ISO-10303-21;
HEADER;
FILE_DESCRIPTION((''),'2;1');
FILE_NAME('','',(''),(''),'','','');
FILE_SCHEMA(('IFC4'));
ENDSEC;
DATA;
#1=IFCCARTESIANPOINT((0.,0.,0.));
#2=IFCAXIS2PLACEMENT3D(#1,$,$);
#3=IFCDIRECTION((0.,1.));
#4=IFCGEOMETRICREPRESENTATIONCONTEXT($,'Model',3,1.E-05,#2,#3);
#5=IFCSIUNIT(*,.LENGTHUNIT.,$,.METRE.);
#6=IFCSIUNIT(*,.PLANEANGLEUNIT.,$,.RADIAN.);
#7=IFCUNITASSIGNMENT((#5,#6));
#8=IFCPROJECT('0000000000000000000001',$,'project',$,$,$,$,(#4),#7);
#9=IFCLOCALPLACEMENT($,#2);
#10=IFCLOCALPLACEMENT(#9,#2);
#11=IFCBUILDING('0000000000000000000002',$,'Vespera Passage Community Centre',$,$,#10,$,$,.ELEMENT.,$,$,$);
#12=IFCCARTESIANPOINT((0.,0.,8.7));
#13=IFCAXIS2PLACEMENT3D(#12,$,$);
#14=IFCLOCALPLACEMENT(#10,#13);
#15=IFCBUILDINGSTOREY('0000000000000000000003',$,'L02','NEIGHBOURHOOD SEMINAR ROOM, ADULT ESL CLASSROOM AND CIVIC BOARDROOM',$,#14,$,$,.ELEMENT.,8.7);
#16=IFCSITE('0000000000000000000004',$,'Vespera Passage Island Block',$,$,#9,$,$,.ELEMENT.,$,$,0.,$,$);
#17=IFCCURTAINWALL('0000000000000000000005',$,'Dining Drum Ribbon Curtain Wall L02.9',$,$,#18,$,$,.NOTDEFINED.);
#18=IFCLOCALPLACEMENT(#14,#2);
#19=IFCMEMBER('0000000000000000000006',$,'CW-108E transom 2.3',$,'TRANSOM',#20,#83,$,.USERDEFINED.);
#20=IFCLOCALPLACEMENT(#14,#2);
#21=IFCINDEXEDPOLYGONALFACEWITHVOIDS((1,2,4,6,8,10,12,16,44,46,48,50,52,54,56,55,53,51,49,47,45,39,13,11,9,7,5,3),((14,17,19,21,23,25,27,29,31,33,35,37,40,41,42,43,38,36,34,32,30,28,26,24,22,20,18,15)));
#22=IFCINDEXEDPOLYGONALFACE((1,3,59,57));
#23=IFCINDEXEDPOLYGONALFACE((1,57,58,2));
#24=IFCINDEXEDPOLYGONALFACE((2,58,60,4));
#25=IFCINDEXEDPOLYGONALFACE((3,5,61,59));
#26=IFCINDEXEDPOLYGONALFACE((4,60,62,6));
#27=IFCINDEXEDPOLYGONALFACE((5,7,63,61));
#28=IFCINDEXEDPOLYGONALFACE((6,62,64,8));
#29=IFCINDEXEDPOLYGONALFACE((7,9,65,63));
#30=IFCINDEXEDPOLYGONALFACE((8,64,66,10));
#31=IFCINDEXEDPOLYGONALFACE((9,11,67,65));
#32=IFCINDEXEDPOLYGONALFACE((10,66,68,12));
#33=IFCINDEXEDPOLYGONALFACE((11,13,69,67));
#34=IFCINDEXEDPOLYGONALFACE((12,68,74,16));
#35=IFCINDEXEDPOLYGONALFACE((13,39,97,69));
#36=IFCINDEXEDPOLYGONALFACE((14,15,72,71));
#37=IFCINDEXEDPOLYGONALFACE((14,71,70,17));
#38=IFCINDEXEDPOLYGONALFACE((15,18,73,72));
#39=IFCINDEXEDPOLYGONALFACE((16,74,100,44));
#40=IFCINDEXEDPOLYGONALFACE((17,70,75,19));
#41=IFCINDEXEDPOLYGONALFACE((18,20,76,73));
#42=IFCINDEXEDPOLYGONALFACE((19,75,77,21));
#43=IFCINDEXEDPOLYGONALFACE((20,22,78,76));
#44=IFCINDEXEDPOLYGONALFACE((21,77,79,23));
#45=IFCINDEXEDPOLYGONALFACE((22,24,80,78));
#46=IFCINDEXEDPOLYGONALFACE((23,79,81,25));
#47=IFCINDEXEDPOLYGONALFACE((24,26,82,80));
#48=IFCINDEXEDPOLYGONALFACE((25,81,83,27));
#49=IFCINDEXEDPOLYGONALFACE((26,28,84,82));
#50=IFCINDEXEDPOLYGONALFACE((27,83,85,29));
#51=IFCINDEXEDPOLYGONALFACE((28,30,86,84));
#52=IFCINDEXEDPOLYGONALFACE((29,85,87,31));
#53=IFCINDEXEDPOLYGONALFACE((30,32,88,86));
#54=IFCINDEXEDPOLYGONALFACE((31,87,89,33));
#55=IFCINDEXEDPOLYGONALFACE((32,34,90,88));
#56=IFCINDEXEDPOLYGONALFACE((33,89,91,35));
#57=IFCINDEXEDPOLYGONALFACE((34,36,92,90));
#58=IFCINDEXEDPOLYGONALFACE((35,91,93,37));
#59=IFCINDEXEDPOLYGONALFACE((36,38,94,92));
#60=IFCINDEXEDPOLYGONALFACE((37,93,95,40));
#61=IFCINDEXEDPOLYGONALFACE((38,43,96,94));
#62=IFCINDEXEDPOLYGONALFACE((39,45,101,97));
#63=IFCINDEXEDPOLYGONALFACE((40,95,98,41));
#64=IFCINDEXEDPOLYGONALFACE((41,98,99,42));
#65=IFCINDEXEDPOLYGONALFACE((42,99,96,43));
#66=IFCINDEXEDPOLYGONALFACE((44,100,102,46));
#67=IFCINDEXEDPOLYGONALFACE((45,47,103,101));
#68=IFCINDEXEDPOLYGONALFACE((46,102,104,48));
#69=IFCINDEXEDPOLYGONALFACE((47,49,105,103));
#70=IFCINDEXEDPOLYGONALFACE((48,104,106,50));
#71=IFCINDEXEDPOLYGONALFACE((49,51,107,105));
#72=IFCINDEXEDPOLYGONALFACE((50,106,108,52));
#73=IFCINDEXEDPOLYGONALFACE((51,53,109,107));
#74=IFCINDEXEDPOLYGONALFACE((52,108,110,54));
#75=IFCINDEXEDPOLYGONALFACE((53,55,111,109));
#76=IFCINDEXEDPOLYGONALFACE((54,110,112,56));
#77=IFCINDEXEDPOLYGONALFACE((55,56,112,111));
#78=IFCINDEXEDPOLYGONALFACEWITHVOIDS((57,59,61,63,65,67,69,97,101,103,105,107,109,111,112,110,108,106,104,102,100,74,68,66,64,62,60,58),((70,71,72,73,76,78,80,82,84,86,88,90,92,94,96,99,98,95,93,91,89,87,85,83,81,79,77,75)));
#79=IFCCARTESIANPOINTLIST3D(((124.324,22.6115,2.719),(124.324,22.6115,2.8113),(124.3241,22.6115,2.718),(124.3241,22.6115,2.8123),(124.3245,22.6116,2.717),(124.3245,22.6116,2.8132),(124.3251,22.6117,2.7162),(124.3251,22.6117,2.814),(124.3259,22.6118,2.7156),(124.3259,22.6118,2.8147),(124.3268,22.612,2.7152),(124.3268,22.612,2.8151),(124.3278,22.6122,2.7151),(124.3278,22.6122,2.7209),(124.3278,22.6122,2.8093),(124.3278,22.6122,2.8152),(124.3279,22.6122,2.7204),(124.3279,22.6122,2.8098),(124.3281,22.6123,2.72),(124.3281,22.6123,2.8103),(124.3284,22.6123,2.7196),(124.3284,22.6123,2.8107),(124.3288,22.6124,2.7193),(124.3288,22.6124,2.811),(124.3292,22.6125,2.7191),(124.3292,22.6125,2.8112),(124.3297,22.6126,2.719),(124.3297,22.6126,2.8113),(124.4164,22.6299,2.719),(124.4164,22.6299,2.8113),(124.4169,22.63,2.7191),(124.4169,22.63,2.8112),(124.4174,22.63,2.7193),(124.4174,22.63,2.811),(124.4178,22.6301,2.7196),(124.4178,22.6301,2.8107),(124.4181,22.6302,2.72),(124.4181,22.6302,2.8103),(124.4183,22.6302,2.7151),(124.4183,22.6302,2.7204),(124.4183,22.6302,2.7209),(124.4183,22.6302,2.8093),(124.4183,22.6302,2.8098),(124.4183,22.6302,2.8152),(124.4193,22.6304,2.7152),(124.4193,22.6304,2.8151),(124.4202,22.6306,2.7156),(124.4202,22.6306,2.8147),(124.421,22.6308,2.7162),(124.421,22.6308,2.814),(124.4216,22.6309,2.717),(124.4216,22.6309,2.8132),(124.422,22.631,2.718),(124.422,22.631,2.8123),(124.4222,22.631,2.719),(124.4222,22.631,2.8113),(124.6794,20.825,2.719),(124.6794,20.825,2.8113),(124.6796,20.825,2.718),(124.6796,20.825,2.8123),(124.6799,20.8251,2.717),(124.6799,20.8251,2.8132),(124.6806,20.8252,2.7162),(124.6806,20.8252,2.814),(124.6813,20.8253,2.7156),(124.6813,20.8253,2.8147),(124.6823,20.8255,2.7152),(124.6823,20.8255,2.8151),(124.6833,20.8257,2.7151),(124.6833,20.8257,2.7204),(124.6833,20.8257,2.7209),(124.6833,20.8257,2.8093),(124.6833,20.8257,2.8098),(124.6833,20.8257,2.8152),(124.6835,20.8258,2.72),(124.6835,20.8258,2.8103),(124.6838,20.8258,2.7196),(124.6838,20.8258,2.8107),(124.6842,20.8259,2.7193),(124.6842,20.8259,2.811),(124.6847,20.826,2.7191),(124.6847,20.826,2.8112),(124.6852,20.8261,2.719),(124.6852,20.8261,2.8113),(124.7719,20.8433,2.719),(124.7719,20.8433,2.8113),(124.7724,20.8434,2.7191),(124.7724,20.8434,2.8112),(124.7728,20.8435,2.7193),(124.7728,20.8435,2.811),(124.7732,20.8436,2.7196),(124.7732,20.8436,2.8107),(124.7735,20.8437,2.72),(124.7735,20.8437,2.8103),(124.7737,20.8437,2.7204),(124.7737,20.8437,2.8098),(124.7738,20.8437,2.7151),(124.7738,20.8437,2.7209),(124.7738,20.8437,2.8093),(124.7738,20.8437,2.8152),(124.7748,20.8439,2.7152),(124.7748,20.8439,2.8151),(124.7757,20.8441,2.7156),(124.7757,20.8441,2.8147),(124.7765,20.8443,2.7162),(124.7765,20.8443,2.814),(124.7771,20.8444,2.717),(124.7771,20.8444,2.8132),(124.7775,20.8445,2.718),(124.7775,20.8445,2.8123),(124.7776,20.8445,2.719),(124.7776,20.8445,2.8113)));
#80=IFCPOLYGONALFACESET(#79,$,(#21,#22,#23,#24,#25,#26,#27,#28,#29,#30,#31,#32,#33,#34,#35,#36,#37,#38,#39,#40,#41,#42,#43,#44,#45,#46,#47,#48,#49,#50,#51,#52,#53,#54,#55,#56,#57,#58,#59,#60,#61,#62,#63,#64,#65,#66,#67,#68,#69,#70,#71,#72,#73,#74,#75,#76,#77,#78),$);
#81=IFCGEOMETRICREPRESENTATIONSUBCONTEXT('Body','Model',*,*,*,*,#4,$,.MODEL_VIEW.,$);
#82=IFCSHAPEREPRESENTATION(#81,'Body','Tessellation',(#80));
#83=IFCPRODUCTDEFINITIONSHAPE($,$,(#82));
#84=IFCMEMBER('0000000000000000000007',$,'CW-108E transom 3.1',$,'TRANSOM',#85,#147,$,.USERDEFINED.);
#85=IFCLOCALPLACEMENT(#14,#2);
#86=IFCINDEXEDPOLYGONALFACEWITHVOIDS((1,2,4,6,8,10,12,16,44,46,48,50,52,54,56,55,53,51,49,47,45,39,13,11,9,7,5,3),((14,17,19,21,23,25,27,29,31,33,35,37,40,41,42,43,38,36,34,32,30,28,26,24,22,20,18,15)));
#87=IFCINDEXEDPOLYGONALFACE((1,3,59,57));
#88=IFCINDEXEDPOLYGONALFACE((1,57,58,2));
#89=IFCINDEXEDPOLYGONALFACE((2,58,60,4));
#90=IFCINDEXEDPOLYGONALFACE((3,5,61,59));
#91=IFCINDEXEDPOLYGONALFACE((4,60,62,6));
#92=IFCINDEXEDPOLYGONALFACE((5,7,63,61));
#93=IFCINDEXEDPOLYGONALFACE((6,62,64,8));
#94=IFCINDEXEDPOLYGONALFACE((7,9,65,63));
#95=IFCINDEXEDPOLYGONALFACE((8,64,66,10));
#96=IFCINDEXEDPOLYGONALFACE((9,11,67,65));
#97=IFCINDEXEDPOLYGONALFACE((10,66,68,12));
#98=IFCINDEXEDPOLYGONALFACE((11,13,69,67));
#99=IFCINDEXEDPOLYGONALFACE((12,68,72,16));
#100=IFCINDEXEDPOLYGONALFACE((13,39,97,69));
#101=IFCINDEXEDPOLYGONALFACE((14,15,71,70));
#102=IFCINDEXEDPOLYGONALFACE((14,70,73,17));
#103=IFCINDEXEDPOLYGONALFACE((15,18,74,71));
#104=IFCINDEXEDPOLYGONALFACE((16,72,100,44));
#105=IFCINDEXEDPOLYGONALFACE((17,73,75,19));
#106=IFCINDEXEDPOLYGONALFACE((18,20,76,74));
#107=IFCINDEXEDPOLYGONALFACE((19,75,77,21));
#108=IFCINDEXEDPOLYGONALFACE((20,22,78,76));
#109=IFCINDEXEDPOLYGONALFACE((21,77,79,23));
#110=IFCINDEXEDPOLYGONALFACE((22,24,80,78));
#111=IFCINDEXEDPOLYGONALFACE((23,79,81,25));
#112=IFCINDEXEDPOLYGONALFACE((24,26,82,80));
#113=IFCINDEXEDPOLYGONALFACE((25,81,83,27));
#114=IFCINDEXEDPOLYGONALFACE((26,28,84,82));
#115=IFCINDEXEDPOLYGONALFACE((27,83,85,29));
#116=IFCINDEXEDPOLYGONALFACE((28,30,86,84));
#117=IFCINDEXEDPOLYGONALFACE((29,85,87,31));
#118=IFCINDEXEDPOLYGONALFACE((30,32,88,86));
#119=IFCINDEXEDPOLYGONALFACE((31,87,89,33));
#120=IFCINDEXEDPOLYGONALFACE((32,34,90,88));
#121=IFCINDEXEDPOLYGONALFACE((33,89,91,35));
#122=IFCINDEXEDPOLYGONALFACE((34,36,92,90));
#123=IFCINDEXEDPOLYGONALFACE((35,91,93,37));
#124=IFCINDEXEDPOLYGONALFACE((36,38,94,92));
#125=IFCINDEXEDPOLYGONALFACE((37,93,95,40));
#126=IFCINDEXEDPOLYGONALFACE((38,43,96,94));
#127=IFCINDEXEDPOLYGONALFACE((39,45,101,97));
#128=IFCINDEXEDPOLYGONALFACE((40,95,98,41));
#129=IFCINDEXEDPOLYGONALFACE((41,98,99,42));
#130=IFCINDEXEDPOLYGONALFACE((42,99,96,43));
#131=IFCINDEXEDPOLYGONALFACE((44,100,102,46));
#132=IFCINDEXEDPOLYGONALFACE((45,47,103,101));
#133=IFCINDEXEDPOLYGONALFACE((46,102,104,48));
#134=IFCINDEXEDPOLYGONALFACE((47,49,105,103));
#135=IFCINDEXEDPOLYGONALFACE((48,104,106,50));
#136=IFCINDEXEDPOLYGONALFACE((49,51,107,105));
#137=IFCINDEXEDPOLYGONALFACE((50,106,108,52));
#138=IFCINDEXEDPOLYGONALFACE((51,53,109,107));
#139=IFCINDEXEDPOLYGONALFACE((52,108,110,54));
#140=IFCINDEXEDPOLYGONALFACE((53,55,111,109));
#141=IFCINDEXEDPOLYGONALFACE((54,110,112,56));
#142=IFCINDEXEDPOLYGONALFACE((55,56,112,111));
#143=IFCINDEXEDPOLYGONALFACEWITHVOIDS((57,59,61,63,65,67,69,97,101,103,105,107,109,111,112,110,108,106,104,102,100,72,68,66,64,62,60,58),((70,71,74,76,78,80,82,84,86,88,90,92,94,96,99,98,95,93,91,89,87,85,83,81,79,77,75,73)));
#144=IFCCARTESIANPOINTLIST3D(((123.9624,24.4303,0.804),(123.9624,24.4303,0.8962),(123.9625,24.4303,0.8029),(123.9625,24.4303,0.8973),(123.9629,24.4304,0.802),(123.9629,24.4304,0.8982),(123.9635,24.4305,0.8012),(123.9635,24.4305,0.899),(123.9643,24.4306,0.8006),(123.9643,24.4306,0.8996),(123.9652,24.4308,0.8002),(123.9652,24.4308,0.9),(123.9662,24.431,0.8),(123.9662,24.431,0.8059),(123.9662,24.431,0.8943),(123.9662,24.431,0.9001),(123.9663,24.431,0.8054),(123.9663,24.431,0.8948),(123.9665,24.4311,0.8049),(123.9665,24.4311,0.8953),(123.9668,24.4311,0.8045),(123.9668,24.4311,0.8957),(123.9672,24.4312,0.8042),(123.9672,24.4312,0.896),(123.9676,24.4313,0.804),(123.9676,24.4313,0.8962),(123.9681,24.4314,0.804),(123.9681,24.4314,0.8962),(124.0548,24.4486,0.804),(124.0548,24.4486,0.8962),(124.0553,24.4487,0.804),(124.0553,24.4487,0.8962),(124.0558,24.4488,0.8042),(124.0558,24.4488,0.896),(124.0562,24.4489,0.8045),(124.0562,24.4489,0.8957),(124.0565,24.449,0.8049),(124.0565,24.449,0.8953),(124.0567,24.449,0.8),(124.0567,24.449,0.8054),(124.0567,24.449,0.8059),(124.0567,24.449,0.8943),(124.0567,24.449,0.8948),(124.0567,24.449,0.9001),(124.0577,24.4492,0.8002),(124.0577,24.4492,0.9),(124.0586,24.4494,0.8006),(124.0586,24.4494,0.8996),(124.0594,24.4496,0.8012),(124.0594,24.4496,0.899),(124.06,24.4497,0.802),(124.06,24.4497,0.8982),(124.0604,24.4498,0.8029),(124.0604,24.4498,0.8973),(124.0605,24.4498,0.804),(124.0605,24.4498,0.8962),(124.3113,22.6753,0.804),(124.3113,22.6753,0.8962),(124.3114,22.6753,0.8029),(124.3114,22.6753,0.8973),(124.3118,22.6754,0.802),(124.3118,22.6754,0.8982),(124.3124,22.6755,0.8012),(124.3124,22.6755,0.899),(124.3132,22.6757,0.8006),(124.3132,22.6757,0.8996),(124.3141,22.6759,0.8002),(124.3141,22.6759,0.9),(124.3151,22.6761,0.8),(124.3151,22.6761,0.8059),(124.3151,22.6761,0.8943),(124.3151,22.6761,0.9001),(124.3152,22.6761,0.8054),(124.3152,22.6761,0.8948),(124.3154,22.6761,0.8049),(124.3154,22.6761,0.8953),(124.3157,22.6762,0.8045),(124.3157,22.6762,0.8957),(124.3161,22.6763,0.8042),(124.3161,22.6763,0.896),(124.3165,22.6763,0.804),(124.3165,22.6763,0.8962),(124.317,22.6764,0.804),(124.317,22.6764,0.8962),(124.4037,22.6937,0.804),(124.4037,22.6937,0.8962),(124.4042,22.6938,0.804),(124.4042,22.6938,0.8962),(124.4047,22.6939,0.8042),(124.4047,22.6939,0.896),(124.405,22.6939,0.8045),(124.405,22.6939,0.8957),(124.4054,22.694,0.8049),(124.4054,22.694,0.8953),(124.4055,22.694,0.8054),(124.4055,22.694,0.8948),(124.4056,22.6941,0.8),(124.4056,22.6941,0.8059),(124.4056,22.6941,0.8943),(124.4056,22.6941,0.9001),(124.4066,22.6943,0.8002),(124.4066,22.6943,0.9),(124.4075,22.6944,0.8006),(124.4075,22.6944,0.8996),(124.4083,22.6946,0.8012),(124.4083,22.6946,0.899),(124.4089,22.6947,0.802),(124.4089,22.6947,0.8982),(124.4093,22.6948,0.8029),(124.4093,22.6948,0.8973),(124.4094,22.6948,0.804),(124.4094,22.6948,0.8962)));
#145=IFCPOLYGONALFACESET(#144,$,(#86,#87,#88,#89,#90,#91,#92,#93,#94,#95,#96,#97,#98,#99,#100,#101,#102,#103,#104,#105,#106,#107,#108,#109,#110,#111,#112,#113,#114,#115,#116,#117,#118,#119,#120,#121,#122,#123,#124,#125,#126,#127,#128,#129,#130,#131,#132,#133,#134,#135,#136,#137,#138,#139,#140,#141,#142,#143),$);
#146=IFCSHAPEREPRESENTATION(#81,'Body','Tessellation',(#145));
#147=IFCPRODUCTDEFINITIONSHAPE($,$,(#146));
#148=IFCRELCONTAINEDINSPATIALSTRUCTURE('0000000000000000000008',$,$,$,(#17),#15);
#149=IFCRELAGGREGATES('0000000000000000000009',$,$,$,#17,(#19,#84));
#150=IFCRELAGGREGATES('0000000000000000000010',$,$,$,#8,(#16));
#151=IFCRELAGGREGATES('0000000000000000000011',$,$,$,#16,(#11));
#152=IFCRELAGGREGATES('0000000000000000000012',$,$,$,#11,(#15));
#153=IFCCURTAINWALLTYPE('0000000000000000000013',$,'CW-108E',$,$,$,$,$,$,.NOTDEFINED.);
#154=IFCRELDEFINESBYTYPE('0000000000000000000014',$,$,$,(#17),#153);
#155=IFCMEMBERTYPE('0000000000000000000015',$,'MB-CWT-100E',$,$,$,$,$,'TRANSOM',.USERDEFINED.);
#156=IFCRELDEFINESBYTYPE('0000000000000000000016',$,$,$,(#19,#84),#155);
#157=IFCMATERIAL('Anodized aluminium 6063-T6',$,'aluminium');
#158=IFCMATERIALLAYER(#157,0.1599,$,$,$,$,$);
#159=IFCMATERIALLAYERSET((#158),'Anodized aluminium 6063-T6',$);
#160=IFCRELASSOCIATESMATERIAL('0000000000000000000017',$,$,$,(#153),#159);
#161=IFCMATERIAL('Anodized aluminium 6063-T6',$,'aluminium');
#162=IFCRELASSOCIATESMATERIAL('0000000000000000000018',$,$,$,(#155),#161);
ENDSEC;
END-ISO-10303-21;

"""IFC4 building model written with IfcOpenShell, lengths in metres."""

from ifc_helpers import new_model, si_unit, direction, frame, origin, origin_2d, place, context, subcontext, project, spatial, hollow_rectangle, extrude, material, layer, layer_set, material_profile, profile_set, type_object, element, aggregate, save


model = new_model("IFC4")

# Units and contexts
model_context = context("Model", 3, precision=1e-05, world=origin(), true_north=direction((0.0, 1.0)))
body_context = subcontext(model_context, "Body", "Model", "MODEL_VIEW")
ifc_project = project(units=[si_unit("LENGTHUNIT", "METRE"), si_unit("PLANEANGLEUNIT", "RADIAN")], contexts=[model_context])

# Site, building, storey
site_placement = place(None, origin())
site = spatial("IfcSite", under=ifc_project, at=site_placement, Name="Vespera Passage Island Block", CompositionType="ELEMENT", RefElevation=0.0)
building_placement = place(site_placement, origin())
building = spatial("IfcBuilding", under=site, at=building_placement, Name="Vespera Passage Community Centre", CompositionType="ELEMENT")
storey_placement = place(building_placement, frame((0.0, 0.0, 8.7)))
storey = spatial("IfcBuildingStorey", under=building, at=storey_placement, Name="L02", Description="NEIGHBOURHOOD SEMINAR ROOM, ADULT ESL CLASSROOM AND CIVIC BOARDROOM", CompositionType="ELEMENT", Elevation=8.7)

# Shared definitions
ifc_material_1 = material(Name="Anodized aluminium 6063-T6", Category="aluminium")
ifc_layer_1 = layer(ifc_material_1, 0.1599)
ifc_layer_set_1 = layer_set([ifc_layer_1], Name="Anodized aluminium 6063-T6")
curtain_wall_type_1 = type_object("IfcCurtainWallType", Name="CW-108E", PredefinedType="NOTDEFINED", material=ifc_layer_set_1)

# Curtain wall
curtain_wall_1_placement = place(storey_placement, origin())
curtain_wall_1 = element("IfcCurtainWall", 1, at=curtain_wall_1_placement, inside=storey, type_object=curtain_wall_type_1, Name="Dining Drum Ribbon Curtain Wall L02.9", PredefinedType="NOTDEFINED")

# Members
ifc_material_2 = material(Name="Anodized aluminium 6063-T6", Category="aluminium")
ifc_material_profile_1 = material_profile(ifc_material_2, hollow_rectangle(XDim=0.1001, YDim=0.1001, WallThickness=0.0039, InnerFilletRadius=0.002, OuterFilletRadius=0.0039, at=origin_2d()), Name="ALU100X100X4")
ifc_profile_set_1 = profile_set([ifc_material_profile_1], Name="Anodized aluminium 6063-T6")
member_type_1 = type_object("IfcMemberType", Name="MB-CWT-100E", ElementType="TRANSOM", PredefinedType="USERDEFINED", material=ifc_profile_set_1)
member_1_placement = place(storey_placement, frame((124.7285, 20.8347, 2.7651), z_axis=(-0.195137, 0.980776, 0.0), x_axis=(-0.980776, -0.195137, 0.0)))
member_1 = element("IfcMember", 2, at=member_1_placement, type_object=member_type_1, Name="CW-108E transom 2.3", ObjectType="TRANSOM", PredefinedType="USERDEFINED", context=body_context, shape_type="SweptSolid", body=[
    extrude(hollow_rectangle(XDim=0.1001, YDim=0.1001, WallThickness=0.0039, InnerFilletRadius=0.002, OuterFilletRadius=0.0039, at=origin_2d()), origin(), (0.0, 0.0, 1.0), 1.8215),
])
member_2_placement = place(storey_placement, frame((124.3604, 22.6851, 0.8501), z_axis=(-0.194988, 0.980806, 0.0), x_axis=(-0.980806, -0.194988, 0.0)))
member_2 = element("IfcMember", 3, at=member_2_placement, type_object=member_type_1, Name="CW-108E transom 3.1", ObjectType="TRANSOM", PredefinedType="USERDEFINED", context=body_context, shape_type="SweptSolid", body=[
    extrude(hollow_rectangle(XDim=0.1001, YDim=0.1001, WallThickness=0.0039, InnerFilletRadius=0.002, OuterFilletRadius=0.0039, at=origin_2d()), origin(), (0.0, 0.0, 1.0), 1.7893),
])

aggregate(curtain_wall_1, [member_1, member_2])

save(model, "model.ifc")
